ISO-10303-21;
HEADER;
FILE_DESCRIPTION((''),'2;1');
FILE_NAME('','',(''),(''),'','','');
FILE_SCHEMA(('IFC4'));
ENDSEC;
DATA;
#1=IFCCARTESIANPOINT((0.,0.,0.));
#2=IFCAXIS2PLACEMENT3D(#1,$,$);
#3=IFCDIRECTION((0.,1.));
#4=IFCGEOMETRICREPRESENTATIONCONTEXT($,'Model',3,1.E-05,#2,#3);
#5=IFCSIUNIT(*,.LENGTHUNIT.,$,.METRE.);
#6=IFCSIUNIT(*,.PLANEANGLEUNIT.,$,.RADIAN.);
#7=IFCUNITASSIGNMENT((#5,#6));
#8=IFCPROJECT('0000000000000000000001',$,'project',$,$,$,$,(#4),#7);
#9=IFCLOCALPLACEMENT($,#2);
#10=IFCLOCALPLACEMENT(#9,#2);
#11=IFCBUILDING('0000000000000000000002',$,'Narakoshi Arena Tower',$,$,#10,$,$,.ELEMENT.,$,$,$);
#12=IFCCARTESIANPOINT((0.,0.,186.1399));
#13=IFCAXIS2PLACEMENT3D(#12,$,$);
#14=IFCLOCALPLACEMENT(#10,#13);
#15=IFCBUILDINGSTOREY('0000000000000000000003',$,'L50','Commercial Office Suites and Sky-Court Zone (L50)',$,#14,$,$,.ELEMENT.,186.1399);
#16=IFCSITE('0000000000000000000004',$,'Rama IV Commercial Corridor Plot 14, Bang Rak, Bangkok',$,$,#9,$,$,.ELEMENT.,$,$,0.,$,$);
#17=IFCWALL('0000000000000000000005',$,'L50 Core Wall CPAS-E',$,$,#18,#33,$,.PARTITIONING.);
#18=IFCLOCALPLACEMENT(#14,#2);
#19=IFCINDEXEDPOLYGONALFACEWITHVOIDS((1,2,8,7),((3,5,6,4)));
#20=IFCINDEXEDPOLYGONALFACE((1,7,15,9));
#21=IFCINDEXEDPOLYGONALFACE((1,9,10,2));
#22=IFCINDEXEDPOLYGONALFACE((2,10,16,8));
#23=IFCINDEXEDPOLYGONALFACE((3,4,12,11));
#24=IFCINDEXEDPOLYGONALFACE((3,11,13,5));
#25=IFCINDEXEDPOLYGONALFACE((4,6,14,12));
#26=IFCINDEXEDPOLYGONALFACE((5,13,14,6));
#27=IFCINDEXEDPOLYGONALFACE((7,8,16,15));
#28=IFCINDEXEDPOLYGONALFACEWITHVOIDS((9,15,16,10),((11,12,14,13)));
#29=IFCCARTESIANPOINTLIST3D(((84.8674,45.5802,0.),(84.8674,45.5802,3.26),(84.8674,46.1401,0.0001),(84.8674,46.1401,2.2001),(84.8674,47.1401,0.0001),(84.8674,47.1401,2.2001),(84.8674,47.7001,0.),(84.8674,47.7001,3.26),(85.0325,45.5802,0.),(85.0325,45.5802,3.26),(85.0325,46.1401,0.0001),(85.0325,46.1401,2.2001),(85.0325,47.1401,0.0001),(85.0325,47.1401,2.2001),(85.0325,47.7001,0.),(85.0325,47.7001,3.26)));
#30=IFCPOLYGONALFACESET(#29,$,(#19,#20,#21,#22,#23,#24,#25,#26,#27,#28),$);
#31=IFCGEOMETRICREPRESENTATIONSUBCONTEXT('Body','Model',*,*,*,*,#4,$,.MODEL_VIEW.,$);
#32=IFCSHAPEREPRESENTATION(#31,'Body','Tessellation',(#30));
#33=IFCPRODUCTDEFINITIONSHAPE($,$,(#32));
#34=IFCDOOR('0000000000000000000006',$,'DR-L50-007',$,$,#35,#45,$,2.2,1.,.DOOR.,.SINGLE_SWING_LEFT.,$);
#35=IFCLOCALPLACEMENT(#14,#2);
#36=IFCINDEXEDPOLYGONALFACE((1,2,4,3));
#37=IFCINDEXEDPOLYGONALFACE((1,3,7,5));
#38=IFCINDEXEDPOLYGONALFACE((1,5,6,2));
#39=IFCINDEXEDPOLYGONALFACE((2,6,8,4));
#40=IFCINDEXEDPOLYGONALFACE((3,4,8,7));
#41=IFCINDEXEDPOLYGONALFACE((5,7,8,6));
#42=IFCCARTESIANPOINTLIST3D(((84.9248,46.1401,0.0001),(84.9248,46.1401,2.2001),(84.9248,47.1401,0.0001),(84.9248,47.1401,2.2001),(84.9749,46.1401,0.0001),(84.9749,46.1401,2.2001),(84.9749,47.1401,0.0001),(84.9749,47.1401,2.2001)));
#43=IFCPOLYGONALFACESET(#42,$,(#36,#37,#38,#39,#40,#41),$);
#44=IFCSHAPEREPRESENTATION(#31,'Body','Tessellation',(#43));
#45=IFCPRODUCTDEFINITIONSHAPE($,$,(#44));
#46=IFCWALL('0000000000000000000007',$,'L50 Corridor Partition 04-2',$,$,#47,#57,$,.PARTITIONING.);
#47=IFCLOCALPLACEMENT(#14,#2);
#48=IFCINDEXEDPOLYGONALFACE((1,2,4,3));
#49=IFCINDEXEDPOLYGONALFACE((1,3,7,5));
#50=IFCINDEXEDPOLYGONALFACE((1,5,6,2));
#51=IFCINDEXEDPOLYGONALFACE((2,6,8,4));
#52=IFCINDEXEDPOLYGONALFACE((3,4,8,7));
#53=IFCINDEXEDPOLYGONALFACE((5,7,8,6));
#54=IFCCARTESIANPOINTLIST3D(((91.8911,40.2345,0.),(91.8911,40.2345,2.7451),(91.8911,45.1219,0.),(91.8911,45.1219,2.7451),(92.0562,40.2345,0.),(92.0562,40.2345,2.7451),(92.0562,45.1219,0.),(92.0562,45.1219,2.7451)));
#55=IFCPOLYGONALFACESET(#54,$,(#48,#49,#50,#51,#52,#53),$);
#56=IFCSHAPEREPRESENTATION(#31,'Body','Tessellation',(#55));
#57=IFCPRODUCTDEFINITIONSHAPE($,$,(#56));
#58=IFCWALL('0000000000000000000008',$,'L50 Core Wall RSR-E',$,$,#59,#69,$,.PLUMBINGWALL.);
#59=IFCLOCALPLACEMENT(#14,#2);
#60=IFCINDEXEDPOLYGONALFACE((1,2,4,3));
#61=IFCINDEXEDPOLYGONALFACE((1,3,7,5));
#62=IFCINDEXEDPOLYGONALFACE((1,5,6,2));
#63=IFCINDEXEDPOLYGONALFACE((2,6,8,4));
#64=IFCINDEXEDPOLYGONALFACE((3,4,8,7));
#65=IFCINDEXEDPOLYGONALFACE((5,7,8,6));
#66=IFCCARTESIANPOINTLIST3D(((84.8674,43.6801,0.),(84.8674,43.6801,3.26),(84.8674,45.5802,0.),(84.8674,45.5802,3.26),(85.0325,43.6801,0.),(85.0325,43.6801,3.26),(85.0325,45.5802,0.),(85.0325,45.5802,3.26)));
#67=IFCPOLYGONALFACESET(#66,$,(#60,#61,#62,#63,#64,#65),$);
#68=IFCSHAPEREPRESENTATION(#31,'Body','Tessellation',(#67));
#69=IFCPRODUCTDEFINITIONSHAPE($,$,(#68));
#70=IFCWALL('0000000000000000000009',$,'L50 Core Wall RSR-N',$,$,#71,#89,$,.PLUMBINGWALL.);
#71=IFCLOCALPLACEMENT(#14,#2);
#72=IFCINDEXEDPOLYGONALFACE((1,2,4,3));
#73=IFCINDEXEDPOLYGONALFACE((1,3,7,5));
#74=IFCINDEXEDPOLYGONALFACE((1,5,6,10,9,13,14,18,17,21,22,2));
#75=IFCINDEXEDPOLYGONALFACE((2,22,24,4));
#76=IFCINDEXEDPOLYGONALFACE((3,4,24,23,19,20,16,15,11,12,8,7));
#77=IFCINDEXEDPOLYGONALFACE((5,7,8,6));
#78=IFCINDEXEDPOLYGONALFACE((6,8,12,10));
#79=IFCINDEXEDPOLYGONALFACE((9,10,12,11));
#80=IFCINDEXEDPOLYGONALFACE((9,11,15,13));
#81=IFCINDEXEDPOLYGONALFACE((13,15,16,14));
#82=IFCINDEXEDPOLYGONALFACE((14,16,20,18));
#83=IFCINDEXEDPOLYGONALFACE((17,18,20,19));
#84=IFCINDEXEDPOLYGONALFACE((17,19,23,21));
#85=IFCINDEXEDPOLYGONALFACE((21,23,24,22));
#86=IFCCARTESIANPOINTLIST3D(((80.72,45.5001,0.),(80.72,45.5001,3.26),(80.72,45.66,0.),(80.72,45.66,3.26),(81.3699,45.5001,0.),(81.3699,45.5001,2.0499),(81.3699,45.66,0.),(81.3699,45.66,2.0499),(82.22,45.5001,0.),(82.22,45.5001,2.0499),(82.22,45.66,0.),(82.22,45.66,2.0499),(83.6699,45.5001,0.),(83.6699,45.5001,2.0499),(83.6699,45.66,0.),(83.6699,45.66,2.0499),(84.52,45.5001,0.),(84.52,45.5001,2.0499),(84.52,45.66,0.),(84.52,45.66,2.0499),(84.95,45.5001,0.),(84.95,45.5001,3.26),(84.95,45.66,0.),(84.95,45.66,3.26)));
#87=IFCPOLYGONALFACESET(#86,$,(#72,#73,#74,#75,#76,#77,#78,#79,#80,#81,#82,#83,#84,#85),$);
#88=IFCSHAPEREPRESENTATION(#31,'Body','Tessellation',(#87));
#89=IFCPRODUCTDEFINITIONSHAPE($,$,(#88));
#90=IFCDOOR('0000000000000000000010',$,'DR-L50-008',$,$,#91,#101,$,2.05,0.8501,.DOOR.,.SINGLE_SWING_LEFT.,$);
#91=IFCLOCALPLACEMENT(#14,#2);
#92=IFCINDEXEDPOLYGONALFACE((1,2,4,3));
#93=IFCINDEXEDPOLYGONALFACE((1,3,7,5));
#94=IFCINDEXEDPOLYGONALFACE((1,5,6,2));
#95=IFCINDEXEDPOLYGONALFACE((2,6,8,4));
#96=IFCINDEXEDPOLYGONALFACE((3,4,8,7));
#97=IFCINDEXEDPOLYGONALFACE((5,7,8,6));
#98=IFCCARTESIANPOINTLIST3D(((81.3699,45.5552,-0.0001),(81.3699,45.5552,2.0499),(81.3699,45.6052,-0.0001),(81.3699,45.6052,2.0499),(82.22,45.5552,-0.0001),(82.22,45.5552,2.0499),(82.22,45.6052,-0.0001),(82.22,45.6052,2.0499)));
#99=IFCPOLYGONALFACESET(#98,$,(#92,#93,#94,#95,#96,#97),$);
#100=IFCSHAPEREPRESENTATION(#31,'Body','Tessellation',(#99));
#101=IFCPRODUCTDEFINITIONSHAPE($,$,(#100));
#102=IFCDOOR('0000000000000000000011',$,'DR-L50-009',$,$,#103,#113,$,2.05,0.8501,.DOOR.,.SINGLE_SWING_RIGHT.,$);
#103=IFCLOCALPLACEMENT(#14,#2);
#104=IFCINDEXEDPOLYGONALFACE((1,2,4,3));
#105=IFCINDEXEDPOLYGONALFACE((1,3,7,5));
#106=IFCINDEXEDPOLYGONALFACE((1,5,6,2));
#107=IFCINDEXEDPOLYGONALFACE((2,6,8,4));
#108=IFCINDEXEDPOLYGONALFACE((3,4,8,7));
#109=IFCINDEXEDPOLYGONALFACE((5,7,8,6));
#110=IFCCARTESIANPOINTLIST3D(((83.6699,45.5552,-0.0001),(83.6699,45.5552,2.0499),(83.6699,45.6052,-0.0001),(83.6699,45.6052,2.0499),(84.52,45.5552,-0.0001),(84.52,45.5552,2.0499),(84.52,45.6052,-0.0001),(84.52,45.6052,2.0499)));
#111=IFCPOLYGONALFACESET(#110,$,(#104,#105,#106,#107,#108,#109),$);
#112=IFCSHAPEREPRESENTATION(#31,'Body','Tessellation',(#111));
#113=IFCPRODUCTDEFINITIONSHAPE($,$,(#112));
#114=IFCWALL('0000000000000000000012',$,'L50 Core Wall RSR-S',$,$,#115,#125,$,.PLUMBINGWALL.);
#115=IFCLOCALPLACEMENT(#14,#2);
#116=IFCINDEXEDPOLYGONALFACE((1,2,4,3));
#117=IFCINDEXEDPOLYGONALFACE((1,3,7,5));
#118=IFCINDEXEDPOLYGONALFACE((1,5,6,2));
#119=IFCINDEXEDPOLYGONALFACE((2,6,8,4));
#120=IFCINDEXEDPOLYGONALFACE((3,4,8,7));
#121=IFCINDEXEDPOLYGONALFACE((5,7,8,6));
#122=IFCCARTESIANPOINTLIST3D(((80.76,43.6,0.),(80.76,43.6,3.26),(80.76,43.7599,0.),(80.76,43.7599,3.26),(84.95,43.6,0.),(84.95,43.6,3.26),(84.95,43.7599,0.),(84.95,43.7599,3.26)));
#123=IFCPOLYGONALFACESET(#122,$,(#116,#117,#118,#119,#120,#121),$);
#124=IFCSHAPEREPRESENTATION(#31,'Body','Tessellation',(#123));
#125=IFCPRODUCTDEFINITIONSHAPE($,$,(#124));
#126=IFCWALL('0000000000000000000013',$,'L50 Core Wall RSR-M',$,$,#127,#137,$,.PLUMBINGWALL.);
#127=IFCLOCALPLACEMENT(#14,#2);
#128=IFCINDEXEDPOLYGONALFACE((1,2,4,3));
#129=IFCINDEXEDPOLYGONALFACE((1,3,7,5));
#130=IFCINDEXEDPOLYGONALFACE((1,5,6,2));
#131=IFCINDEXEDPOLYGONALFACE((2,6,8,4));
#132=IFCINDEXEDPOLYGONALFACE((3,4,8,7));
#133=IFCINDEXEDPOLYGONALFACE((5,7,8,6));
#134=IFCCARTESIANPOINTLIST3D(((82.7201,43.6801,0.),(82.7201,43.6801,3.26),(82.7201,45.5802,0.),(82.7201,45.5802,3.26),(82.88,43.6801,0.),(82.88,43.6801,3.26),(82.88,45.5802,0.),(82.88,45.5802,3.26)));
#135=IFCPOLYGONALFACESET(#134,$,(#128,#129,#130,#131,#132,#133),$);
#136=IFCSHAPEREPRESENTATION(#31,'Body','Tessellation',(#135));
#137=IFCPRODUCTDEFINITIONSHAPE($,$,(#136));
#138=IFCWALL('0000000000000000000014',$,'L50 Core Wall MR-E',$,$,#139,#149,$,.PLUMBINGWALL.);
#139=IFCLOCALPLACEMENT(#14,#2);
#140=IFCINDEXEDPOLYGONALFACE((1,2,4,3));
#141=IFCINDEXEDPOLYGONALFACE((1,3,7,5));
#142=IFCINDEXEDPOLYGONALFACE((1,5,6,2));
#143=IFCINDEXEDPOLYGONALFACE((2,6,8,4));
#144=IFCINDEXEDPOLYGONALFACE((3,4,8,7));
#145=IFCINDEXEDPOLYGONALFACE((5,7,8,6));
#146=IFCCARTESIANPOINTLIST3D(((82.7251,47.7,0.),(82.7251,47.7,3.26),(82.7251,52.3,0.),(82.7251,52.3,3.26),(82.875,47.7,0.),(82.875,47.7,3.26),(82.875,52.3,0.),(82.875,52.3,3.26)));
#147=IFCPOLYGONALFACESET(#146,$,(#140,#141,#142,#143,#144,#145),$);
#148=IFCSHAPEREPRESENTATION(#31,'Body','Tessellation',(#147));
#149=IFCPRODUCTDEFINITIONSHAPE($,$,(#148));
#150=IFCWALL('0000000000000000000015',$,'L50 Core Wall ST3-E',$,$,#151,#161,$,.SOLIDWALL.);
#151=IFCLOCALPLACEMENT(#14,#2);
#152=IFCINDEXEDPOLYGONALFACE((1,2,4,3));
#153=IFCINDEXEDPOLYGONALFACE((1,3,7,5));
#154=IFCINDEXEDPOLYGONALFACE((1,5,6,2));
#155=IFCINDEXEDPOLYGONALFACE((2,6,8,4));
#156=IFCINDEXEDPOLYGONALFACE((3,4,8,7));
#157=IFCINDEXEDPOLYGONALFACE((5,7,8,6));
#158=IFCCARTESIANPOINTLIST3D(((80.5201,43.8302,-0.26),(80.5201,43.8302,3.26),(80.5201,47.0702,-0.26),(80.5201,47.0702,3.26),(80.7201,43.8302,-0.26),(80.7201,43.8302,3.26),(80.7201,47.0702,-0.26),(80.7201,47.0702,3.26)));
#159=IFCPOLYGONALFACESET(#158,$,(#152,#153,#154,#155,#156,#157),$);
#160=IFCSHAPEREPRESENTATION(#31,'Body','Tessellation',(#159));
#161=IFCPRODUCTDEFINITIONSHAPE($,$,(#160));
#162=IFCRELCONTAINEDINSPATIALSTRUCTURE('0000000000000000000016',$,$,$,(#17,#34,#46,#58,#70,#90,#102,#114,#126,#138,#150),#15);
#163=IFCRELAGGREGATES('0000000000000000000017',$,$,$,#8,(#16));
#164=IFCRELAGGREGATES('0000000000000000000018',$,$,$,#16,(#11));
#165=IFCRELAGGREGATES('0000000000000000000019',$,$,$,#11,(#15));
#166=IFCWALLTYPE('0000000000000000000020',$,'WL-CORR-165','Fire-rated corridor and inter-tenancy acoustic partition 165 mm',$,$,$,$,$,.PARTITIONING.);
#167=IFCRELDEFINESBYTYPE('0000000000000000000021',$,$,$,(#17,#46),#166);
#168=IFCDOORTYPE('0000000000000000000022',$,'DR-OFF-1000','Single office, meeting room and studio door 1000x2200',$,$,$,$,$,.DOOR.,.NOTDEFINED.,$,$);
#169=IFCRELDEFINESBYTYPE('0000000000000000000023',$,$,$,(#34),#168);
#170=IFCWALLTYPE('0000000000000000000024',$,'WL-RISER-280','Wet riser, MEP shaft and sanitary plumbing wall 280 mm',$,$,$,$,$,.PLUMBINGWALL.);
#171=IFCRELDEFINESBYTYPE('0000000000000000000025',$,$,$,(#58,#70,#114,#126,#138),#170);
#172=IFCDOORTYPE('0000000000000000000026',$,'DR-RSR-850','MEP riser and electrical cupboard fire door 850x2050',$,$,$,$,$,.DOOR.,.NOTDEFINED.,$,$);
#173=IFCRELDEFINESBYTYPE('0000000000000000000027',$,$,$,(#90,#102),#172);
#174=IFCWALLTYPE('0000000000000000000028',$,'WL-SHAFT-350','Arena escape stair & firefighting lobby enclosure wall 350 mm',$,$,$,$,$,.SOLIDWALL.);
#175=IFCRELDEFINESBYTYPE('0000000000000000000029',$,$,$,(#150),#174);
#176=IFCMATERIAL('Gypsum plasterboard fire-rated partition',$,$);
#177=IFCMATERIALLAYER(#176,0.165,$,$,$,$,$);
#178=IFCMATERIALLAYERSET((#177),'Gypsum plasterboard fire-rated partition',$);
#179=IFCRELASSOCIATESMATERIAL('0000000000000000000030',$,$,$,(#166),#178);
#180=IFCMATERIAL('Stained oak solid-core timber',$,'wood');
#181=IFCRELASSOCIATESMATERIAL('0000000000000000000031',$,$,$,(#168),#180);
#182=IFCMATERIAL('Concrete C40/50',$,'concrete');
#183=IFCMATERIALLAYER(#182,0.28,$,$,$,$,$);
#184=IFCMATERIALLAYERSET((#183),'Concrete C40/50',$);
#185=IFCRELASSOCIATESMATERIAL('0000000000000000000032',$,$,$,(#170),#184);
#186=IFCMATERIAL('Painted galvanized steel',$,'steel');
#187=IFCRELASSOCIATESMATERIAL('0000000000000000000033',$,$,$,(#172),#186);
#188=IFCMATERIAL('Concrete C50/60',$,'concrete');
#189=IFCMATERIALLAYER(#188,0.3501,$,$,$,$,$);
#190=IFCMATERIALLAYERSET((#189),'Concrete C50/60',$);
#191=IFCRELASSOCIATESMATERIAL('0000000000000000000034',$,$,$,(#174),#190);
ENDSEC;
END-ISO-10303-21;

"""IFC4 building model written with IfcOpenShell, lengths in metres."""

from ifc_helpers import new_model, si_unit, direction, frame, frame_2d, origin, place, context, subcontext, project, spatial, rectangle, extrude, material, layer, layer_set, type_object, element, fill, save


model = new_model("IFC4")

# Units and contexts
model_context = context("Model", 3, precision=1e-05, world=origin(), true_north=direction((0.0, 1.0)))
body_context = subcontext(model_context, "Body", "Model", "MODEL_VIEW")
ifc_project = project(units=[si_unit("LENGTHUNIT", "METRE"), si_unit("PLANEANGLEUNIT", "RADIAN")], contexts=[model_context])

# Site, building, storey
site_placement = place(None, origin())
site = spatial("IfcSite", under=ifc_project, at=site_placement, Name="Rama IV Commercial Corridor Plot 14, Bang Rak, Bangkok", CompositionType="ELEMENT", RefElevation=0.0)
building_placement = place(site_placement, origin())
building = spatial("IfcBuilding", under=site, at=building_placement, Name="Narakoshi Arena Tower", CompositionType="ELEMENT")
storey_placement = place(building_placement, frame((0.0, 0.0, 186.1399)))
storey = spatial("IfcBuildingStorey", under=building, at=storey_placement, Name="L50", Description="Commercial Office Suites and Sky-Court Zone (L50)", CompositionType="ELEMENT", Elevation=186.1399)

# Shared definitions
ifc_material_1 = material(Name="Concrete C50/60", Category="concrete")

# Wall, opening, door
ifc_material_2 = material(Name="Gypsum plasterboard fire-rated partition")
ifc_layer_1 = layer(ifc_material_2, 0.165)
ifc_layer_set_1 = layer_set([ifc_layer_1], Name="Gypsum plasterboard fire-rated partition")
wall_type_1 = type_object("IfcWallType", Name="WL-CORR-165", Description="Fire-rated corridor and inter-tenancy acoustic partition 165 mm", PredefinedType="PARTITIONING", material=ifc_layer_set_1)
wall_1_placement = place(storey_placement, frame((84.95, 45.5801, 0.0), z_axis=(0.0, 0.0, 1.0), x_axis=(0.0, 1.0, 0.0)))
wall_1 = element("IfcWall", 1, at=wall_1_placement, inside=storey, type_object=wall_type_1, Name="L50 Core Wall CPAS-E", PredefinedType="PARTITIONING", context=body_context, shape_type="SweptSolid", body=[
    extrude(rectangle(XDim=2.1199, YDim=0.165, at=frame_2d((1.0601, 0.0))), origin(), (0.0, 0.0, 1.0), 3.26),
])
opening_1_placement = place(wall_1_placement, frame((0.5601, 0.0, 0.0)))
opening_1 = element("IfcOpeningElement", 2, at=opening_1_placement, cuts=wall_1, PredefinedType="OPENING", context=body_context, shape_type="SweptSolid", body=[
    extrude(rectangle(XDim=1.0, YDim=2.2, at=frame_2d((0.5, 1.1001))), frame((0.0, 0.0925, 0.0), z_axis=(0.0, -1.0, 0.0), x_axis=(1.0, 0.0, 0.0)), (0.0, 0.0, 1.0), 0.1851),
])
ifc_material_3 = material(Name="Stained oak solid-core timber", Category="wood")
door_type_1 = type_object("IfcDoorType", Name="DR-OFF-1000", Description="Single office, meeting room and studio door 1000x2200", OperationType="NOTDEFINED", PredefinedType="DOOR", material=ifc_material_3)
door_1_placement = place(opening_1_placement, frame((1.0, 0.0, 0.0), z_axis=(0.0, 0.0, 1.0), x_axis=(-1.0, 0.0, 0.0)))
door_1 = element("IfcDoor", 3, at=door_1_placement, inside=storey, type_object=door_type_1, Name="DR-L50-007", OperationType="SINGLE_SWING_LEFT", OverallHeight=2.2, OverallWidth=1.0, PredefinedType="DOOR", context=body_context, shape_type="SweptSolid", body=[
    extrude(rectangle(XDim=1.0, YDim=2.2, at=frame_2d((0.5, 1.1001))), frame((0.0, 0.0249, 0.0), z_axis=(0.0, -1.0, 0.0), x_axis=(1.0, 0.0, 0.0)), (0.0, 0.0, 1.0), 0.05),
])
fill(opening_1, door_1)

# Walls
wall_2_placement = place(storey_placement, frame((91.9736, 45.1221, 0.0), z_axis=(0.0, 0.0, 1.0), x_axis=(0.0, -1.0, 0.0)))
element("IfcWall", 4, at=wall_2_placement, inside=storey, type_object=wall_type_1, Name="L50 Corridor Partition 04-2", PredefinedType="PARTITIONING", context=body_context, shape_type="SweptSolid", body=[
    extrude(rectangle(XDim=4.8875, YDim=0.165, at=frame_2d((2.4438, 0.0))), origin(), (0.0, 0.0, 1.0), 2.7451),
])
ifc_material_4 = material(Name="Concrete C40/50", Category="concrete")
ifc_layer_2 = layer(ifc_material_4, 0.28)
ifc_layer_set_2 = layer_set([ifc_layer_2], Name="Concrete C40/50")
wall_type_2 = type_object("IfcWallType", Name="WL-RISER-280", Description="Wet riser, MEP shaft and sanitary plumbing wall 280 mm", PredefinedType="PLUMBINGWALL", material=ifc_layer_set_2)
wall_3_placement = place(storey_placement, frame((84.95, 43.6799, 0.0), z_axis=(0.0, 0.0, 1.0), x_axis=(0.0, 1.0, 0.0)))
element("IfcWall", 5, at=wall_3_placement, inside=storey, type_object=wall_type_2, Name="L50 Core Wall RSR-E", PredefinedType="PLUMBINGWALL", context=body_context, shape_type="SweptSolid", body=[
    extrude(rectangle(XDim=1.9001, YDim=0.165, at=frame_2d((0.9502, 0.0))), origin(), (0.0, 0.0, 1.0), 3.26),
])

# Wall, openings, doors
wall_4_placement = place(storey_placement, frame((80.72, 45.5801, 0.0), z_axis=(0.0, 0.0, 1.0), x_axis=(1.0, 0.0, 0.0)))
wall_4 = element("IfcWall", 6, at=wall_4_placement, inside=storey, type_object=wall_type_2, Name="L50 Core Wall RSR-N", PredefinedType="PLUMBINGWALL", context=body_context, shape_type="SweptSolid", body=[
    extrude(rectangle(XDim=4.23, YDim=0.1599, at=frame_2d((2.115, 0.0))), origin(), (0.0, 0.0, 1.0), 3.26),
])
opening_2_placement = place(wall_4_placement, frame((0.6499, 0.0, 0.0)))
opening_2 = element("IfcOpeningElement", 7, at=opening_2_placement, cuts=wall_4, PredefinedType="OPENING", context=body_context, shape_type="SweptSolid", body=[
    extrude(rectangle(XDim=0.8501, YDim=2.05, at=frame_2d((0.425, 1.0249))), frame((0.0, 0.0898, 0.0), z_axis=(0.0, -1.0, 0.0), x_axis=(1.0, 0.0, 0.0)), (0.0, 0.0, 1.0), 0.1799),
])
opening_3_placement = place(wall_4_placement, frame((2.95, 0.0, 0.0)))
opening_3 = element("IfcOpeningElement", 8, at=opening_3_placement, cuts=wall_4, PredefinedType="OPENING", context=body_context, shape_type="SweptSolid", body=[
    extrude(rectangle(XDim=0.8501, YDim=2.05, at=frame_2d((0.425, 1.0249))), frame((0.0, 0.0898, 0.0), z_axis=(0.0, -1.0, 0.0), x_axis=(1.0, 0.0, 0.0)), (0.0, 0.0, 1.0), 0.1799),
])
ifc_material_5 = material(Name="Painted galvanized steel", Category="steel")
door_type_2 = type_object("IfcDoorType", Name="DR-RSR-850", Description="MEP riser and electrical cupboard fire door 850x2050", OperationType="NOTDEFINED", PredefinedType="DOOR", material=ifc_material_5)
door_2_placement = place(opening_2_placement, frame((0.8501, 0.0, 0.0), z_axis=(0.0, 0.0, 1.0), x_axis=(-1.0, 0.0, 0.0)))
door_2 = element("IfcDoor", 9, at=door_2_placement, inside=storey, type_object=door_type_2, Name="DR-L50-008", OperationType="SINGLE_SWING_LEFT", OverallHeight=2.05, OverallWidth=0.8501, PredefinedType="DOOR", context=body_context, shape_type="SweptSolid", body=[
    extrude(rectangle(XDim=0.8501, YDim=2.05, at=frame_2d((0.425, 1.0249))), frame((0.0, 0.0249, 0.0), z_axis=(0.0, -1.0, 0.0), x_axis=(1.0, 0.0, 0.0)), (0.0, 0.0, 1.0), 0.05),
])
fill(opening_2, door_2)
door_3_placement = place(opening_3_placement, frame((0.8501, 0.0, 0.0), z_axis=(0.0, 0.0, 1.0), x_axis=(-1.0, 0.0, 0.0)))
door_3 = element("IfcDoor", 10, at=door_3_placement, inside=storey, type_object=door_type_2, Name="DR-L50-009", OperationType="SINGLE_SWING_RIGHT", OverallHeight=2.05, OverallWidth=0.8501, PredefinedType="DOOR", context=body_context, shape_type="SweptSolid", body=[
    extrude(rectangle(XDim=0.8501, YDim=2.05, at=frame_2d((0.425, 1.0249))), frame((0.0, 0.0249, 0.0), z_axis=(0.0, -1.0, 0.0), x_axis=(1.0, 0.0, 0.0)), (0.0, 0.0, 1.0), 0.05),
])
fill(opening_3, door_3)

# Walls
wall_5_placement = place(storey_placement, frame((80.76, 43.6799, 0.0), z_axis=(0.0, 0.0, 1.0), x_axis=(1.0, 0.0, 0.0)))
element("IfcWall", 11, at=wall_5_placement, inside=storey, type_object=wall_type_2, Name="L50 Core Wall RSR-S", PredefinedType="PLUMBINGWALL", context=body_context, shape_type="SweptSolid", body=[
    extrude(rectangle(XDim=4.1899, YDim=0.1599, at=frame_2d((2.095, 0.0))), origin(), (0.0, 0.0, 1.0), 3.26),
])
wall_6_placement = place(storey_placement, frame((82.8, 43.6799, 0.0), z_axis=(0.0, 0.0, 1.0), x_axis=(0.0, 1.0, 0.0)))
element("IfcWall", 12, at=wall_6_placement, inside=storey, type_object=wall_type_2, Name="L50 Core Wall RSR-M", PredefinedType="PLUMBINGWALL", context=body_context, shape_type="SweptSolid", body=[
    extrude(rectangle(XDim=1.9001, YDim=0.1599, at=frame_2d((0.9502, 0.0))), origin(), (0.0, 0.0, 1.0), 3.26),
])
wall_7_placement = place(storey_placement, frame((82.8, 47.7, 0.0), z_axis=(0.0, 0.0, 1.0), x_axis=(0.0, 1.0, 0.0)))
element("IfcWall", 13, at=wall_7_placement, inside=storey, type_object=wall_type_2, Name="L50 Core Wall MR-E", PredefinedType="PLUMBINGWALL", context=body_context, shape_type="SweptSolid", body=[
    extrude(rectangle(XDim=4.6001, YDim=0.1499, at=frame_2d((2.3, 0.0))), origin(), (0.0, 0.0, 1.0), 3.26),
])
ifc_layer_3 = layer(ifc_material_1, 0.3501)
ifc_layer_set_3 = layer_set([ifc_layer_3], Name="Concrete C50/60")
wall_type_3 = type_object("IfcWallType", Name="WL-SHAFT-350", Description="Arena escape stair & firefighting lobby enclosure wall 350 mm", PredefinedType="SOLIDWALL", material=ifc_layer_set_3)
wall_8_placement = place(storey_placement, frame((80.6201, 43.8301, -0.26), z_axis=(0.0, 0.0, 1.0), x_axis=(0.0, 1.0, 0.0)))
element("IfcWall", 14, at=wall_8_placement, inside=storey, type_object=wall_type_3, Name="L50 Core Wall ST3-E", PredefinedType="SOLIDWALL", context=body_context, shape_type="SweptSolid", body=[
    extrude(rectangle(XDim=3.24, YDim=0.2, at=frame_2d((1.6201, 0.0))), origin(), (0.0, 0.0, 1.0), 3.52),
])

save(model, "model.ifc")
